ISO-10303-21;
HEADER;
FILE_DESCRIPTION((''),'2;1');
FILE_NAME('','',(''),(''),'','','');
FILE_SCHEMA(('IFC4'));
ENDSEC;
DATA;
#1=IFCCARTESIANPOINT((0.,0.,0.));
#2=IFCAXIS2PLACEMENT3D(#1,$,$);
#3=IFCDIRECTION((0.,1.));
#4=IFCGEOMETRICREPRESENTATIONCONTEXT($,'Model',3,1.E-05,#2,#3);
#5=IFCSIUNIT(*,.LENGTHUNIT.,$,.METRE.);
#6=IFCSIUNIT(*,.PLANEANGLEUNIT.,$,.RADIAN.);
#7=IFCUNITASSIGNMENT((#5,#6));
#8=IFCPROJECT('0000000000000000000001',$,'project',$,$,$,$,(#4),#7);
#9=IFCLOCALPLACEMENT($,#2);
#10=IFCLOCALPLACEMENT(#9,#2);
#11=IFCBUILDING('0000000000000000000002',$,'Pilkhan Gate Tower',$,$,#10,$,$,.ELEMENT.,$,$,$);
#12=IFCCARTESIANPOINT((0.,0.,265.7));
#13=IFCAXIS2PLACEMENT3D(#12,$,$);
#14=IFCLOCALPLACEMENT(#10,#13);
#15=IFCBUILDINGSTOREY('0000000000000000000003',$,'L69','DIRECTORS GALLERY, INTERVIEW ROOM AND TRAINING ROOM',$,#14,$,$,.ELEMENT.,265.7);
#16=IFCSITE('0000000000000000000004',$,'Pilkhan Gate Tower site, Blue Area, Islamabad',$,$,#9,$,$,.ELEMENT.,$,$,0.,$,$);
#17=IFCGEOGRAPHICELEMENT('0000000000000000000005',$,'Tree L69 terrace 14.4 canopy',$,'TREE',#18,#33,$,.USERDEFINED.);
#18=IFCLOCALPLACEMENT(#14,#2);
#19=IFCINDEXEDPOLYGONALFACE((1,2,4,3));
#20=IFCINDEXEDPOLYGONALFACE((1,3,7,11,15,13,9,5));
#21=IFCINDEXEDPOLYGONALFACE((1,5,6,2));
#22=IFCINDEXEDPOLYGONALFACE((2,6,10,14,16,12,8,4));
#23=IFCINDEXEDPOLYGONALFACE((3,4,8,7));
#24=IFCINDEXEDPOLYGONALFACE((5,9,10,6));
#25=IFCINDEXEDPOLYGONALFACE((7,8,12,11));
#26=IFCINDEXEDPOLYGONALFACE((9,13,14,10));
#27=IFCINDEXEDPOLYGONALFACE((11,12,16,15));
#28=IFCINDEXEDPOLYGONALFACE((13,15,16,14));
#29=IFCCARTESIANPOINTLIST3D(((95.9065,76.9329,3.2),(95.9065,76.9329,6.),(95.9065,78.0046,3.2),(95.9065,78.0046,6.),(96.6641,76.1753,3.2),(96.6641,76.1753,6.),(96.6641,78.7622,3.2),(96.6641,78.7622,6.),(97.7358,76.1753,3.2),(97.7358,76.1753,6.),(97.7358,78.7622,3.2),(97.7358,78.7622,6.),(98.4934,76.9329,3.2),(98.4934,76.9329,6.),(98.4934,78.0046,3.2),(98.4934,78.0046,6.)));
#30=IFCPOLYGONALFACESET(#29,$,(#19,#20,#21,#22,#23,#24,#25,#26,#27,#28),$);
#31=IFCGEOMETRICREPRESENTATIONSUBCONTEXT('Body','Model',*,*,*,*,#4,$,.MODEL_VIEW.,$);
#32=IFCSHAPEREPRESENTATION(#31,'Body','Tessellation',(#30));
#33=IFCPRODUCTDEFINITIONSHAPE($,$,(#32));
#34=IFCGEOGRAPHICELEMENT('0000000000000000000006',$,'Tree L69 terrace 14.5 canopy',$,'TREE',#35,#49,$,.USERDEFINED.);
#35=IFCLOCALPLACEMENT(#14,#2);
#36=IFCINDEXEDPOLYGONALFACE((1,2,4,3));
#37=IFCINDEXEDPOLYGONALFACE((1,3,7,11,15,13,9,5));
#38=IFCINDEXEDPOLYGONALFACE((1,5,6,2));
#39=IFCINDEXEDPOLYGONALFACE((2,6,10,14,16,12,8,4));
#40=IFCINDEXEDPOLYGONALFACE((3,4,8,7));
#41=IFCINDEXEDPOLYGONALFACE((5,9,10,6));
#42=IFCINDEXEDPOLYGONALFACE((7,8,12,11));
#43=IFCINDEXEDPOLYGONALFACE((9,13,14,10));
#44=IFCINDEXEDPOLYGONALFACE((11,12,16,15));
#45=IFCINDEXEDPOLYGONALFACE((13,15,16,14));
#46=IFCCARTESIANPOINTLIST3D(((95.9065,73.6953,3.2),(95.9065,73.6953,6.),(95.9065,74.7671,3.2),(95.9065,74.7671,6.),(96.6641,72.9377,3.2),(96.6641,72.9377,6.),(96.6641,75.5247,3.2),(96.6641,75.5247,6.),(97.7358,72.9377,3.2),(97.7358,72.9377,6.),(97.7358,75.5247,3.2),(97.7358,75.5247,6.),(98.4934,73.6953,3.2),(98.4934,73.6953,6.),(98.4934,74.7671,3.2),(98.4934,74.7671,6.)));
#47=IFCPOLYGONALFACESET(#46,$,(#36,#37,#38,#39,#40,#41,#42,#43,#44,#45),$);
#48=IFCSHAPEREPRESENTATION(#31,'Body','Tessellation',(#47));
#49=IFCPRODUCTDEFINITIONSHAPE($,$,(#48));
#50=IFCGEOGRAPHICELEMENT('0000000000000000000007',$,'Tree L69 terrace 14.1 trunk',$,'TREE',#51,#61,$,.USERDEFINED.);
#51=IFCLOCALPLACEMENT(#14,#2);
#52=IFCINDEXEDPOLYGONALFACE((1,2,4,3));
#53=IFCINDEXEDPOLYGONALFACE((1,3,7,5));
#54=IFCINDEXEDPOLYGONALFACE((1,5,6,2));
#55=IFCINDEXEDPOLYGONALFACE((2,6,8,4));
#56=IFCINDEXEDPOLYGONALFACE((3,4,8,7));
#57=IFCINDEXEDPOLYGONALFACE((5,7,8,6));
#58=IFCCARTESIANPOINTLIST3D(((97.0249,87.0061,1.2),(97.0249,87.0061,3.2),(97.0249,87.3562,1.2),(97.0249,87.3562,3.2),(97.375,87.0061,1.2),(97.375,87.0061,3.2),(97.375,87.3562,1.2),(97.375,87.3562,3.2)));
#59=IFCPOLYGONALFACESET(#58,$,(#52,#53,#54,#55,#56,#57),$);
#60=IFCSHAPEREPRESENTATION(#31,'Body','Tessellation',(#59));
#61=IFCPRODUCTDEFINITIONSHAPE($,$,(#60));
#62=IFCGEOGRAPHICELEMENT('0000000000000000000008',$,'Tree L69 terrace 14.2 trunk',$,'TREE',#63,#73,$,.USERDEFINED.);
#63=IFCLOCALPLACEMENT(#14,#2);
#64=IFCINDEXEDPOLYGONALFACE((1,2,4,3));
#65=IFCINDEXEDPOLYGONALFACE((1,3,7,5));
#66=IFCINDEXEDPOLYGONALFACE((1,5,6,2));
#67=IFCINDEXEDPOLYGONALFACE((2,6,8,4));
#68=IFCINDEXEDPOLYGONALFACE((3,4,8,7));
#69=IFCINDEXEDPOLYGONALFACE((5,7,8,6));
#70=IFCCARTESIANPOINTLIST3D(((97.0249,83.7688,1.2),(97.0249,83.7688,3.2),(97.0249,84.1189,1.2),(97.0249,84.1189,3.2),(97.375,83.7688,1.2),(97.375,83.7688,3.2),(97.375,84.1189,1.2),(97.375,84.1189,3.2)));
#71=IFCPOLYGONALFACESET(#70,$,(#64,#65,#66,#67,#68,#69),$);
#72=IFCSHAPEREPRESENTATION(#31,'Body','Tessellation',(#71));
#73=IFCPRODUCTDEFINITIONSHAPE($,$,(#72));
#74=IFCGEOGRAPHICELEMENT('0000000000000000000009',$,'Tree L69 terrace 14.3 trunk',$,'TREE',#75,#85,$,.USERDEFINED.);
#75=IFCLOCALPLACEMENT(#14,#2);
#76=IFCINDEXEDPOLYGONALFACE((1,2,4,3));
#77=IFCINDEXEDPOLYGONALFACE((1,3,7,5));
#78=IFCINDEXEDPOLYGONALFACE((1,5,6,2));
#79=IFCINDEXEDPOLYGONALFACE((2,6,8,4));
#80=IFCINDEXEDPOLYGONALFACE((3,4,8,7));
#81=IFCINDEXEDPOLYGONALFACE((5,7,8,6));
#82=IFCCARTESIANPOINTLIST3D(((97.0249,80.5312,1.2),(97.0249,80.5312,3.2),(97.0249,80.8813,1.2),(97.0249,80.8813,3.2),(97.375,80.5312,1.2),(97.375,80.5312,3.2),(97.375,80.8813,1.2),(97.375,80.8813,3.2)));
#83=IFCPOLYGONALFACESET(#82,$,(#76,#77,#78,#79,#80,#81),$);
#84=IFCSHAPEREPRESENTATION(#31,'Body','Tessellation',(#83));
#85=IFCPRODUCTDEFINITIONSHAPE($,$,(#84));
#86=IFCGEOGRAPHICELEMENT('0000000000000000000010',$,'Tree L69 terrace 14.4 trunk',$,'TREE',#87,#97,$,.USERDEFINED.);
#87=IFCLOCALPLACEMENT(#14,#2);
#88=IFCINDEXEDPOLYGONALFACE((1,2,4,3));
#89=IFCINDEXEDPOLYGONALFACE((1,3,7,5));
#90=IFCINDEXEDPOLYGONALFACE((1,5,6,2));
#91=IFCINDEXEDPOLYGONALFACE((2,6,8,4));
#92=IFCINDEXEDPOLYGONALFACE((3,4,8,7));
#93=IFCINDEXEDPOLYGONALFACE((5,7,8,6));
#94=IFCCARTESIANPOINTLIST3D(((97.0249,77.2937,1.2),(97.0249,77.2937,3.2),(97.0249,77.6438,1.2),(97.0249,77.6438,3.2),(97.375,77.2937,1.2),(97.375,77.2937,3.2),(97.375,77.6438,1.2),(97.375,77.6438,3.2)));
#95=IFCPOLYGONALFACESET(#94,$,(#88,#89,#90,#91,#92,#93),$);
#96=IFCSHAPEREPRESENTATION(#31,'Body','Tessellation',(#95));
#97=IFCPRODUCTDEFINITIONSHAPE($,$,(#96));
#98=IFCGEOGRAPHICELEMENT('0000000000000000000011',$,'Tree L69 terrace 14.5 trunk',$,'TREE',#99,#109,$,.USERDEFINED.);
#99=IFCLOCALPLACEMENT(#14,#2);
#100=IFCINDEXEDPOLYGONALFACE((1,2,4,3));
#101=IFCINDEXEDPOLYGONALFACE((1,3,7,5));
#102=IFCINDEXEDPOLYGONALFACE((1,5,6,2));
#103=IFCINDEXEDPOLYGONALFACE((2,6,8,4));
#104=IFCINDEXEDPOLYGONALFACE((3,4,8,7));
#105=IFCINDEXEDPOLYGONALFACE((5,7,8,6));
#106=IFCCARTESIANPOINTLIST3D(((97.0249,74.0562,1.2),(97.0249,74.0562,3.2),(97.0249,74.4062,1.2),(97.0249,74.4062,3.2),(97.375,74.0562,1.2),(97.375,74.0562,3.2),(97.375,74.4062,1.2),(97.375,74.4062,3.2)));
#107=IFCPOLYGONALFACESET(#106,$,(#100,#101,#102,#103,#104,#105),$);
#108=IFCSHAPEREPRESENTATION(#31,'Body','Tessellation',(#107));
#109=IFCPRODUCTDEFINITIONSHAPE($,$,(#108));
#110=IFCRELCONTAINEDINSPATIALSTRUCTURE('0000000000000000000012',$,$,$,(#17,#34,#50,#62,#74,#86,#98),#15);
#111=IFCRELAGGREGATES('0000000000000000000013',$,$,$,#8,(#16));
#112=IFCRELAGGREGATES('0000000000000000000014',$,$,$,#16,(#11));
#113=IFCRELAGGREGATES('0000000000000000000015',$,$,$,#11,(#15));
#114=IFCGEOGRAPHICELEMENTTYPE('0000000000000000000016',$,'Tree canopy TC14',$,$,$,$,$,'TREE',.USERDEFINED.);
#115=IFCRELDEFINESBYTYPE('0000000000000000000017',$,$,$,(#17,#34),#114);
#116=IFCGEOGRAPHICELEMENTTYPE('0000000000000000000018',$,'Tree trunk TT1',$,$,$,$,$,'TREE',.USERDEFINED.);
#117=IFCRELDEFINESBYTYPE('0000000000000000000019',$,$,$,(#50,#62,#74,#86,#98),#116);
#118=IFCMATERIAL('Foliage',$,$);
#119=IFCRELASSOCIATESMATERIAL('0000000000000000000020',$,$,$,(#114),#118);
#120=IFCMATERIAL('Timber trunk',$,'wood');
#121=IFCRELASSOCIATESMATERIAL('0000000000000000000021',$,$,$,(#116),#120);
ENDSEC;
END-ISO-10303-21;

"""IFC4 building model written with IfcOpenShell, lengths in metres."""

from ifc_helpers import new_model, si_unit, direction, frame, origin, origin_2d, place, context, subcontext, project, spatial, polyline, rectangle, outline, extrude, material, material_profile, profile_set, type_object, element, save


model = new_model("IFC4")

# Units and contexts
model_context = context("Model", 3, precision=1e-05, world=origin(), true_north=direction((0.0, 1.0)))
body_context = subcontext(model_context, "Body", "Model", "MODEL_VIEW")
ifc_project = project(units=[si_unit("LENGTHUNIT", "METRE"), si_unit("PLANEANGLEUNIT", "RADIAN")], contexts=[model_context])

# Site, building, storey
site_placement = place(None, origin())
site = spatial("IfcSite", under=ifc_project, at=site_placement, Name="Pilkhan Gate Tower site, Blue Area, Islamabad", CompositionType="ELEMENT", RefElevation=0.0)
building_placement = place(site_placement, origin())
building = spatial("IfcBuilding", under=site, at=building_placement, Name="Pilkhan Gate Tower", CompositionType="ELEMENT")
storey_placement = place(building_placement, frame((0.0, 0.0, 265.7)))
storey = spatial("IfcBuildingStorey", under=building, at=storey_placement, Name="L69", Description="DIRECTORS GALLERY, INTERVIEW ROOM AND TRAINING ROOM", CompositionType="ELEMENT", Elevation=265.7)

# Geographic elements
ifc_material_1 = material(Name="Foliage")
ifc_material_profile_1 = material_profile(ifc_material_1, outline(polyline([(1.2935, 0.5359), (0.5359, 1.2935), (-0.5359, 1.2935), (-1.2935, 0.5359), (-1.2935, -0.5359), (-0.5359, -1.2935), (0.5359, -1.2935), (1.2935, -0.5359), (1.2935, 0.5359)])), Name="Canopy D2.8")
ifc_profile_set_1 = profile_set([ifc_material_profile_1], Name="Foliage")
geographic_element_type_1 = type_object("IfcGeographicElementType", Name="Tree canopy TC14", ElementType="TREE", PredefinedType="USERDEFINED", material=ifc_profile_set_1)
for number, where, z_axis, x_axis, name in (
    (1, (97.2, 77.4688, 3.2), (0.0, 0.0, 1.0), (1.0, 0.0, 0.0), "Tree L69 terrace 14.4 canopy"),
    (2, (97.2, 74.2312, 3.2), (0.0, 0.0, 1.0), (1.0, 0.0, 0.0), "Tree L69 terrace 14.5 canopy"),
):
    element("IfcGeographicElement", number, at=place(storey_placement, frame(where, z_axis=z_axis, x_axis=x_axis)), inside=storey, type_object=geographic_element_type_1, Name=name, ObjectType="TREE", PredefinedType="USERDEFINED", context=body_context, shape_type="SweptSolid", body=[
        extrude(outline(polyline([(1.2935, 0.5359), (0.5359, 1.2935), (-0.5359, 1.2935), (-1.2935, 0.5359), (-1.2935, -0.5359), (-0.5359, -1.2935), (0.5359, -1.2935), (1.2935, -0.5359), (1.2935, 0.5359)])), origin(), (0.0, 0.0, 1.0), 2.8),
    ])
ifc_material_2 = material(Name="Timber trunk", Category="wood")
geographic_element_type_2 = type_object("IfcGeographicElementType", Name="Tree trunk TT1", ElementType="TREE", PredefinedType="USERDEFINED", material=ifc_material_2)
for number, where, z_axis, x_axis, name in (
    (3, (97.2, 87.1812, 1.2), (0.0, 0.0, 1.0), (1.0, 0.0, 0.0), "Tree L69 terrace 14.1 trunk"),
    (4, (97.2, 83.9438, 1.2), (0.0, 0.0, 1.0), (1.0, 0.0, 0.0), "Tree L69 terrace 14.2 trunk"),
    (5, (97.2, 80.7063, 1.2), (0.0, 0.0, 1.0), (1.0, 0.0, 0.0), "Tree L69 terrace 14.3 trunk"),
    (6, (97.2, 77.4688, 1.2), (0.0, 0.0, 1.0), (1.0, 0.0, 0.0), "Tree L69 terrace 14.4 trunk"),
    (7, (97.2, 74.2312, 1.2), (0.0, 0.0, 1.0), (1.0, 0.0, 0.0), "Tree L69 terrace 14.5 trunk"),
):
    element("IfcGeographicElement", number, at=place(storey_placement, frame(where, z_axis=z_axis, x_axis=x_axis)), inside=storey, type_object=geographic_element_type_2, Name=name, ObjectType="TREE", PredefinedType="USERDEFINED", context=body_context, shape_type="SweptSolid", body=[
        extrude(rectangle(XDim=0.3501, YDim=0.3501, at=origin_2d()), origin(), (0.0, 0.0, 1.0), 2.0),
    ])

save(model, "model.ifc")
